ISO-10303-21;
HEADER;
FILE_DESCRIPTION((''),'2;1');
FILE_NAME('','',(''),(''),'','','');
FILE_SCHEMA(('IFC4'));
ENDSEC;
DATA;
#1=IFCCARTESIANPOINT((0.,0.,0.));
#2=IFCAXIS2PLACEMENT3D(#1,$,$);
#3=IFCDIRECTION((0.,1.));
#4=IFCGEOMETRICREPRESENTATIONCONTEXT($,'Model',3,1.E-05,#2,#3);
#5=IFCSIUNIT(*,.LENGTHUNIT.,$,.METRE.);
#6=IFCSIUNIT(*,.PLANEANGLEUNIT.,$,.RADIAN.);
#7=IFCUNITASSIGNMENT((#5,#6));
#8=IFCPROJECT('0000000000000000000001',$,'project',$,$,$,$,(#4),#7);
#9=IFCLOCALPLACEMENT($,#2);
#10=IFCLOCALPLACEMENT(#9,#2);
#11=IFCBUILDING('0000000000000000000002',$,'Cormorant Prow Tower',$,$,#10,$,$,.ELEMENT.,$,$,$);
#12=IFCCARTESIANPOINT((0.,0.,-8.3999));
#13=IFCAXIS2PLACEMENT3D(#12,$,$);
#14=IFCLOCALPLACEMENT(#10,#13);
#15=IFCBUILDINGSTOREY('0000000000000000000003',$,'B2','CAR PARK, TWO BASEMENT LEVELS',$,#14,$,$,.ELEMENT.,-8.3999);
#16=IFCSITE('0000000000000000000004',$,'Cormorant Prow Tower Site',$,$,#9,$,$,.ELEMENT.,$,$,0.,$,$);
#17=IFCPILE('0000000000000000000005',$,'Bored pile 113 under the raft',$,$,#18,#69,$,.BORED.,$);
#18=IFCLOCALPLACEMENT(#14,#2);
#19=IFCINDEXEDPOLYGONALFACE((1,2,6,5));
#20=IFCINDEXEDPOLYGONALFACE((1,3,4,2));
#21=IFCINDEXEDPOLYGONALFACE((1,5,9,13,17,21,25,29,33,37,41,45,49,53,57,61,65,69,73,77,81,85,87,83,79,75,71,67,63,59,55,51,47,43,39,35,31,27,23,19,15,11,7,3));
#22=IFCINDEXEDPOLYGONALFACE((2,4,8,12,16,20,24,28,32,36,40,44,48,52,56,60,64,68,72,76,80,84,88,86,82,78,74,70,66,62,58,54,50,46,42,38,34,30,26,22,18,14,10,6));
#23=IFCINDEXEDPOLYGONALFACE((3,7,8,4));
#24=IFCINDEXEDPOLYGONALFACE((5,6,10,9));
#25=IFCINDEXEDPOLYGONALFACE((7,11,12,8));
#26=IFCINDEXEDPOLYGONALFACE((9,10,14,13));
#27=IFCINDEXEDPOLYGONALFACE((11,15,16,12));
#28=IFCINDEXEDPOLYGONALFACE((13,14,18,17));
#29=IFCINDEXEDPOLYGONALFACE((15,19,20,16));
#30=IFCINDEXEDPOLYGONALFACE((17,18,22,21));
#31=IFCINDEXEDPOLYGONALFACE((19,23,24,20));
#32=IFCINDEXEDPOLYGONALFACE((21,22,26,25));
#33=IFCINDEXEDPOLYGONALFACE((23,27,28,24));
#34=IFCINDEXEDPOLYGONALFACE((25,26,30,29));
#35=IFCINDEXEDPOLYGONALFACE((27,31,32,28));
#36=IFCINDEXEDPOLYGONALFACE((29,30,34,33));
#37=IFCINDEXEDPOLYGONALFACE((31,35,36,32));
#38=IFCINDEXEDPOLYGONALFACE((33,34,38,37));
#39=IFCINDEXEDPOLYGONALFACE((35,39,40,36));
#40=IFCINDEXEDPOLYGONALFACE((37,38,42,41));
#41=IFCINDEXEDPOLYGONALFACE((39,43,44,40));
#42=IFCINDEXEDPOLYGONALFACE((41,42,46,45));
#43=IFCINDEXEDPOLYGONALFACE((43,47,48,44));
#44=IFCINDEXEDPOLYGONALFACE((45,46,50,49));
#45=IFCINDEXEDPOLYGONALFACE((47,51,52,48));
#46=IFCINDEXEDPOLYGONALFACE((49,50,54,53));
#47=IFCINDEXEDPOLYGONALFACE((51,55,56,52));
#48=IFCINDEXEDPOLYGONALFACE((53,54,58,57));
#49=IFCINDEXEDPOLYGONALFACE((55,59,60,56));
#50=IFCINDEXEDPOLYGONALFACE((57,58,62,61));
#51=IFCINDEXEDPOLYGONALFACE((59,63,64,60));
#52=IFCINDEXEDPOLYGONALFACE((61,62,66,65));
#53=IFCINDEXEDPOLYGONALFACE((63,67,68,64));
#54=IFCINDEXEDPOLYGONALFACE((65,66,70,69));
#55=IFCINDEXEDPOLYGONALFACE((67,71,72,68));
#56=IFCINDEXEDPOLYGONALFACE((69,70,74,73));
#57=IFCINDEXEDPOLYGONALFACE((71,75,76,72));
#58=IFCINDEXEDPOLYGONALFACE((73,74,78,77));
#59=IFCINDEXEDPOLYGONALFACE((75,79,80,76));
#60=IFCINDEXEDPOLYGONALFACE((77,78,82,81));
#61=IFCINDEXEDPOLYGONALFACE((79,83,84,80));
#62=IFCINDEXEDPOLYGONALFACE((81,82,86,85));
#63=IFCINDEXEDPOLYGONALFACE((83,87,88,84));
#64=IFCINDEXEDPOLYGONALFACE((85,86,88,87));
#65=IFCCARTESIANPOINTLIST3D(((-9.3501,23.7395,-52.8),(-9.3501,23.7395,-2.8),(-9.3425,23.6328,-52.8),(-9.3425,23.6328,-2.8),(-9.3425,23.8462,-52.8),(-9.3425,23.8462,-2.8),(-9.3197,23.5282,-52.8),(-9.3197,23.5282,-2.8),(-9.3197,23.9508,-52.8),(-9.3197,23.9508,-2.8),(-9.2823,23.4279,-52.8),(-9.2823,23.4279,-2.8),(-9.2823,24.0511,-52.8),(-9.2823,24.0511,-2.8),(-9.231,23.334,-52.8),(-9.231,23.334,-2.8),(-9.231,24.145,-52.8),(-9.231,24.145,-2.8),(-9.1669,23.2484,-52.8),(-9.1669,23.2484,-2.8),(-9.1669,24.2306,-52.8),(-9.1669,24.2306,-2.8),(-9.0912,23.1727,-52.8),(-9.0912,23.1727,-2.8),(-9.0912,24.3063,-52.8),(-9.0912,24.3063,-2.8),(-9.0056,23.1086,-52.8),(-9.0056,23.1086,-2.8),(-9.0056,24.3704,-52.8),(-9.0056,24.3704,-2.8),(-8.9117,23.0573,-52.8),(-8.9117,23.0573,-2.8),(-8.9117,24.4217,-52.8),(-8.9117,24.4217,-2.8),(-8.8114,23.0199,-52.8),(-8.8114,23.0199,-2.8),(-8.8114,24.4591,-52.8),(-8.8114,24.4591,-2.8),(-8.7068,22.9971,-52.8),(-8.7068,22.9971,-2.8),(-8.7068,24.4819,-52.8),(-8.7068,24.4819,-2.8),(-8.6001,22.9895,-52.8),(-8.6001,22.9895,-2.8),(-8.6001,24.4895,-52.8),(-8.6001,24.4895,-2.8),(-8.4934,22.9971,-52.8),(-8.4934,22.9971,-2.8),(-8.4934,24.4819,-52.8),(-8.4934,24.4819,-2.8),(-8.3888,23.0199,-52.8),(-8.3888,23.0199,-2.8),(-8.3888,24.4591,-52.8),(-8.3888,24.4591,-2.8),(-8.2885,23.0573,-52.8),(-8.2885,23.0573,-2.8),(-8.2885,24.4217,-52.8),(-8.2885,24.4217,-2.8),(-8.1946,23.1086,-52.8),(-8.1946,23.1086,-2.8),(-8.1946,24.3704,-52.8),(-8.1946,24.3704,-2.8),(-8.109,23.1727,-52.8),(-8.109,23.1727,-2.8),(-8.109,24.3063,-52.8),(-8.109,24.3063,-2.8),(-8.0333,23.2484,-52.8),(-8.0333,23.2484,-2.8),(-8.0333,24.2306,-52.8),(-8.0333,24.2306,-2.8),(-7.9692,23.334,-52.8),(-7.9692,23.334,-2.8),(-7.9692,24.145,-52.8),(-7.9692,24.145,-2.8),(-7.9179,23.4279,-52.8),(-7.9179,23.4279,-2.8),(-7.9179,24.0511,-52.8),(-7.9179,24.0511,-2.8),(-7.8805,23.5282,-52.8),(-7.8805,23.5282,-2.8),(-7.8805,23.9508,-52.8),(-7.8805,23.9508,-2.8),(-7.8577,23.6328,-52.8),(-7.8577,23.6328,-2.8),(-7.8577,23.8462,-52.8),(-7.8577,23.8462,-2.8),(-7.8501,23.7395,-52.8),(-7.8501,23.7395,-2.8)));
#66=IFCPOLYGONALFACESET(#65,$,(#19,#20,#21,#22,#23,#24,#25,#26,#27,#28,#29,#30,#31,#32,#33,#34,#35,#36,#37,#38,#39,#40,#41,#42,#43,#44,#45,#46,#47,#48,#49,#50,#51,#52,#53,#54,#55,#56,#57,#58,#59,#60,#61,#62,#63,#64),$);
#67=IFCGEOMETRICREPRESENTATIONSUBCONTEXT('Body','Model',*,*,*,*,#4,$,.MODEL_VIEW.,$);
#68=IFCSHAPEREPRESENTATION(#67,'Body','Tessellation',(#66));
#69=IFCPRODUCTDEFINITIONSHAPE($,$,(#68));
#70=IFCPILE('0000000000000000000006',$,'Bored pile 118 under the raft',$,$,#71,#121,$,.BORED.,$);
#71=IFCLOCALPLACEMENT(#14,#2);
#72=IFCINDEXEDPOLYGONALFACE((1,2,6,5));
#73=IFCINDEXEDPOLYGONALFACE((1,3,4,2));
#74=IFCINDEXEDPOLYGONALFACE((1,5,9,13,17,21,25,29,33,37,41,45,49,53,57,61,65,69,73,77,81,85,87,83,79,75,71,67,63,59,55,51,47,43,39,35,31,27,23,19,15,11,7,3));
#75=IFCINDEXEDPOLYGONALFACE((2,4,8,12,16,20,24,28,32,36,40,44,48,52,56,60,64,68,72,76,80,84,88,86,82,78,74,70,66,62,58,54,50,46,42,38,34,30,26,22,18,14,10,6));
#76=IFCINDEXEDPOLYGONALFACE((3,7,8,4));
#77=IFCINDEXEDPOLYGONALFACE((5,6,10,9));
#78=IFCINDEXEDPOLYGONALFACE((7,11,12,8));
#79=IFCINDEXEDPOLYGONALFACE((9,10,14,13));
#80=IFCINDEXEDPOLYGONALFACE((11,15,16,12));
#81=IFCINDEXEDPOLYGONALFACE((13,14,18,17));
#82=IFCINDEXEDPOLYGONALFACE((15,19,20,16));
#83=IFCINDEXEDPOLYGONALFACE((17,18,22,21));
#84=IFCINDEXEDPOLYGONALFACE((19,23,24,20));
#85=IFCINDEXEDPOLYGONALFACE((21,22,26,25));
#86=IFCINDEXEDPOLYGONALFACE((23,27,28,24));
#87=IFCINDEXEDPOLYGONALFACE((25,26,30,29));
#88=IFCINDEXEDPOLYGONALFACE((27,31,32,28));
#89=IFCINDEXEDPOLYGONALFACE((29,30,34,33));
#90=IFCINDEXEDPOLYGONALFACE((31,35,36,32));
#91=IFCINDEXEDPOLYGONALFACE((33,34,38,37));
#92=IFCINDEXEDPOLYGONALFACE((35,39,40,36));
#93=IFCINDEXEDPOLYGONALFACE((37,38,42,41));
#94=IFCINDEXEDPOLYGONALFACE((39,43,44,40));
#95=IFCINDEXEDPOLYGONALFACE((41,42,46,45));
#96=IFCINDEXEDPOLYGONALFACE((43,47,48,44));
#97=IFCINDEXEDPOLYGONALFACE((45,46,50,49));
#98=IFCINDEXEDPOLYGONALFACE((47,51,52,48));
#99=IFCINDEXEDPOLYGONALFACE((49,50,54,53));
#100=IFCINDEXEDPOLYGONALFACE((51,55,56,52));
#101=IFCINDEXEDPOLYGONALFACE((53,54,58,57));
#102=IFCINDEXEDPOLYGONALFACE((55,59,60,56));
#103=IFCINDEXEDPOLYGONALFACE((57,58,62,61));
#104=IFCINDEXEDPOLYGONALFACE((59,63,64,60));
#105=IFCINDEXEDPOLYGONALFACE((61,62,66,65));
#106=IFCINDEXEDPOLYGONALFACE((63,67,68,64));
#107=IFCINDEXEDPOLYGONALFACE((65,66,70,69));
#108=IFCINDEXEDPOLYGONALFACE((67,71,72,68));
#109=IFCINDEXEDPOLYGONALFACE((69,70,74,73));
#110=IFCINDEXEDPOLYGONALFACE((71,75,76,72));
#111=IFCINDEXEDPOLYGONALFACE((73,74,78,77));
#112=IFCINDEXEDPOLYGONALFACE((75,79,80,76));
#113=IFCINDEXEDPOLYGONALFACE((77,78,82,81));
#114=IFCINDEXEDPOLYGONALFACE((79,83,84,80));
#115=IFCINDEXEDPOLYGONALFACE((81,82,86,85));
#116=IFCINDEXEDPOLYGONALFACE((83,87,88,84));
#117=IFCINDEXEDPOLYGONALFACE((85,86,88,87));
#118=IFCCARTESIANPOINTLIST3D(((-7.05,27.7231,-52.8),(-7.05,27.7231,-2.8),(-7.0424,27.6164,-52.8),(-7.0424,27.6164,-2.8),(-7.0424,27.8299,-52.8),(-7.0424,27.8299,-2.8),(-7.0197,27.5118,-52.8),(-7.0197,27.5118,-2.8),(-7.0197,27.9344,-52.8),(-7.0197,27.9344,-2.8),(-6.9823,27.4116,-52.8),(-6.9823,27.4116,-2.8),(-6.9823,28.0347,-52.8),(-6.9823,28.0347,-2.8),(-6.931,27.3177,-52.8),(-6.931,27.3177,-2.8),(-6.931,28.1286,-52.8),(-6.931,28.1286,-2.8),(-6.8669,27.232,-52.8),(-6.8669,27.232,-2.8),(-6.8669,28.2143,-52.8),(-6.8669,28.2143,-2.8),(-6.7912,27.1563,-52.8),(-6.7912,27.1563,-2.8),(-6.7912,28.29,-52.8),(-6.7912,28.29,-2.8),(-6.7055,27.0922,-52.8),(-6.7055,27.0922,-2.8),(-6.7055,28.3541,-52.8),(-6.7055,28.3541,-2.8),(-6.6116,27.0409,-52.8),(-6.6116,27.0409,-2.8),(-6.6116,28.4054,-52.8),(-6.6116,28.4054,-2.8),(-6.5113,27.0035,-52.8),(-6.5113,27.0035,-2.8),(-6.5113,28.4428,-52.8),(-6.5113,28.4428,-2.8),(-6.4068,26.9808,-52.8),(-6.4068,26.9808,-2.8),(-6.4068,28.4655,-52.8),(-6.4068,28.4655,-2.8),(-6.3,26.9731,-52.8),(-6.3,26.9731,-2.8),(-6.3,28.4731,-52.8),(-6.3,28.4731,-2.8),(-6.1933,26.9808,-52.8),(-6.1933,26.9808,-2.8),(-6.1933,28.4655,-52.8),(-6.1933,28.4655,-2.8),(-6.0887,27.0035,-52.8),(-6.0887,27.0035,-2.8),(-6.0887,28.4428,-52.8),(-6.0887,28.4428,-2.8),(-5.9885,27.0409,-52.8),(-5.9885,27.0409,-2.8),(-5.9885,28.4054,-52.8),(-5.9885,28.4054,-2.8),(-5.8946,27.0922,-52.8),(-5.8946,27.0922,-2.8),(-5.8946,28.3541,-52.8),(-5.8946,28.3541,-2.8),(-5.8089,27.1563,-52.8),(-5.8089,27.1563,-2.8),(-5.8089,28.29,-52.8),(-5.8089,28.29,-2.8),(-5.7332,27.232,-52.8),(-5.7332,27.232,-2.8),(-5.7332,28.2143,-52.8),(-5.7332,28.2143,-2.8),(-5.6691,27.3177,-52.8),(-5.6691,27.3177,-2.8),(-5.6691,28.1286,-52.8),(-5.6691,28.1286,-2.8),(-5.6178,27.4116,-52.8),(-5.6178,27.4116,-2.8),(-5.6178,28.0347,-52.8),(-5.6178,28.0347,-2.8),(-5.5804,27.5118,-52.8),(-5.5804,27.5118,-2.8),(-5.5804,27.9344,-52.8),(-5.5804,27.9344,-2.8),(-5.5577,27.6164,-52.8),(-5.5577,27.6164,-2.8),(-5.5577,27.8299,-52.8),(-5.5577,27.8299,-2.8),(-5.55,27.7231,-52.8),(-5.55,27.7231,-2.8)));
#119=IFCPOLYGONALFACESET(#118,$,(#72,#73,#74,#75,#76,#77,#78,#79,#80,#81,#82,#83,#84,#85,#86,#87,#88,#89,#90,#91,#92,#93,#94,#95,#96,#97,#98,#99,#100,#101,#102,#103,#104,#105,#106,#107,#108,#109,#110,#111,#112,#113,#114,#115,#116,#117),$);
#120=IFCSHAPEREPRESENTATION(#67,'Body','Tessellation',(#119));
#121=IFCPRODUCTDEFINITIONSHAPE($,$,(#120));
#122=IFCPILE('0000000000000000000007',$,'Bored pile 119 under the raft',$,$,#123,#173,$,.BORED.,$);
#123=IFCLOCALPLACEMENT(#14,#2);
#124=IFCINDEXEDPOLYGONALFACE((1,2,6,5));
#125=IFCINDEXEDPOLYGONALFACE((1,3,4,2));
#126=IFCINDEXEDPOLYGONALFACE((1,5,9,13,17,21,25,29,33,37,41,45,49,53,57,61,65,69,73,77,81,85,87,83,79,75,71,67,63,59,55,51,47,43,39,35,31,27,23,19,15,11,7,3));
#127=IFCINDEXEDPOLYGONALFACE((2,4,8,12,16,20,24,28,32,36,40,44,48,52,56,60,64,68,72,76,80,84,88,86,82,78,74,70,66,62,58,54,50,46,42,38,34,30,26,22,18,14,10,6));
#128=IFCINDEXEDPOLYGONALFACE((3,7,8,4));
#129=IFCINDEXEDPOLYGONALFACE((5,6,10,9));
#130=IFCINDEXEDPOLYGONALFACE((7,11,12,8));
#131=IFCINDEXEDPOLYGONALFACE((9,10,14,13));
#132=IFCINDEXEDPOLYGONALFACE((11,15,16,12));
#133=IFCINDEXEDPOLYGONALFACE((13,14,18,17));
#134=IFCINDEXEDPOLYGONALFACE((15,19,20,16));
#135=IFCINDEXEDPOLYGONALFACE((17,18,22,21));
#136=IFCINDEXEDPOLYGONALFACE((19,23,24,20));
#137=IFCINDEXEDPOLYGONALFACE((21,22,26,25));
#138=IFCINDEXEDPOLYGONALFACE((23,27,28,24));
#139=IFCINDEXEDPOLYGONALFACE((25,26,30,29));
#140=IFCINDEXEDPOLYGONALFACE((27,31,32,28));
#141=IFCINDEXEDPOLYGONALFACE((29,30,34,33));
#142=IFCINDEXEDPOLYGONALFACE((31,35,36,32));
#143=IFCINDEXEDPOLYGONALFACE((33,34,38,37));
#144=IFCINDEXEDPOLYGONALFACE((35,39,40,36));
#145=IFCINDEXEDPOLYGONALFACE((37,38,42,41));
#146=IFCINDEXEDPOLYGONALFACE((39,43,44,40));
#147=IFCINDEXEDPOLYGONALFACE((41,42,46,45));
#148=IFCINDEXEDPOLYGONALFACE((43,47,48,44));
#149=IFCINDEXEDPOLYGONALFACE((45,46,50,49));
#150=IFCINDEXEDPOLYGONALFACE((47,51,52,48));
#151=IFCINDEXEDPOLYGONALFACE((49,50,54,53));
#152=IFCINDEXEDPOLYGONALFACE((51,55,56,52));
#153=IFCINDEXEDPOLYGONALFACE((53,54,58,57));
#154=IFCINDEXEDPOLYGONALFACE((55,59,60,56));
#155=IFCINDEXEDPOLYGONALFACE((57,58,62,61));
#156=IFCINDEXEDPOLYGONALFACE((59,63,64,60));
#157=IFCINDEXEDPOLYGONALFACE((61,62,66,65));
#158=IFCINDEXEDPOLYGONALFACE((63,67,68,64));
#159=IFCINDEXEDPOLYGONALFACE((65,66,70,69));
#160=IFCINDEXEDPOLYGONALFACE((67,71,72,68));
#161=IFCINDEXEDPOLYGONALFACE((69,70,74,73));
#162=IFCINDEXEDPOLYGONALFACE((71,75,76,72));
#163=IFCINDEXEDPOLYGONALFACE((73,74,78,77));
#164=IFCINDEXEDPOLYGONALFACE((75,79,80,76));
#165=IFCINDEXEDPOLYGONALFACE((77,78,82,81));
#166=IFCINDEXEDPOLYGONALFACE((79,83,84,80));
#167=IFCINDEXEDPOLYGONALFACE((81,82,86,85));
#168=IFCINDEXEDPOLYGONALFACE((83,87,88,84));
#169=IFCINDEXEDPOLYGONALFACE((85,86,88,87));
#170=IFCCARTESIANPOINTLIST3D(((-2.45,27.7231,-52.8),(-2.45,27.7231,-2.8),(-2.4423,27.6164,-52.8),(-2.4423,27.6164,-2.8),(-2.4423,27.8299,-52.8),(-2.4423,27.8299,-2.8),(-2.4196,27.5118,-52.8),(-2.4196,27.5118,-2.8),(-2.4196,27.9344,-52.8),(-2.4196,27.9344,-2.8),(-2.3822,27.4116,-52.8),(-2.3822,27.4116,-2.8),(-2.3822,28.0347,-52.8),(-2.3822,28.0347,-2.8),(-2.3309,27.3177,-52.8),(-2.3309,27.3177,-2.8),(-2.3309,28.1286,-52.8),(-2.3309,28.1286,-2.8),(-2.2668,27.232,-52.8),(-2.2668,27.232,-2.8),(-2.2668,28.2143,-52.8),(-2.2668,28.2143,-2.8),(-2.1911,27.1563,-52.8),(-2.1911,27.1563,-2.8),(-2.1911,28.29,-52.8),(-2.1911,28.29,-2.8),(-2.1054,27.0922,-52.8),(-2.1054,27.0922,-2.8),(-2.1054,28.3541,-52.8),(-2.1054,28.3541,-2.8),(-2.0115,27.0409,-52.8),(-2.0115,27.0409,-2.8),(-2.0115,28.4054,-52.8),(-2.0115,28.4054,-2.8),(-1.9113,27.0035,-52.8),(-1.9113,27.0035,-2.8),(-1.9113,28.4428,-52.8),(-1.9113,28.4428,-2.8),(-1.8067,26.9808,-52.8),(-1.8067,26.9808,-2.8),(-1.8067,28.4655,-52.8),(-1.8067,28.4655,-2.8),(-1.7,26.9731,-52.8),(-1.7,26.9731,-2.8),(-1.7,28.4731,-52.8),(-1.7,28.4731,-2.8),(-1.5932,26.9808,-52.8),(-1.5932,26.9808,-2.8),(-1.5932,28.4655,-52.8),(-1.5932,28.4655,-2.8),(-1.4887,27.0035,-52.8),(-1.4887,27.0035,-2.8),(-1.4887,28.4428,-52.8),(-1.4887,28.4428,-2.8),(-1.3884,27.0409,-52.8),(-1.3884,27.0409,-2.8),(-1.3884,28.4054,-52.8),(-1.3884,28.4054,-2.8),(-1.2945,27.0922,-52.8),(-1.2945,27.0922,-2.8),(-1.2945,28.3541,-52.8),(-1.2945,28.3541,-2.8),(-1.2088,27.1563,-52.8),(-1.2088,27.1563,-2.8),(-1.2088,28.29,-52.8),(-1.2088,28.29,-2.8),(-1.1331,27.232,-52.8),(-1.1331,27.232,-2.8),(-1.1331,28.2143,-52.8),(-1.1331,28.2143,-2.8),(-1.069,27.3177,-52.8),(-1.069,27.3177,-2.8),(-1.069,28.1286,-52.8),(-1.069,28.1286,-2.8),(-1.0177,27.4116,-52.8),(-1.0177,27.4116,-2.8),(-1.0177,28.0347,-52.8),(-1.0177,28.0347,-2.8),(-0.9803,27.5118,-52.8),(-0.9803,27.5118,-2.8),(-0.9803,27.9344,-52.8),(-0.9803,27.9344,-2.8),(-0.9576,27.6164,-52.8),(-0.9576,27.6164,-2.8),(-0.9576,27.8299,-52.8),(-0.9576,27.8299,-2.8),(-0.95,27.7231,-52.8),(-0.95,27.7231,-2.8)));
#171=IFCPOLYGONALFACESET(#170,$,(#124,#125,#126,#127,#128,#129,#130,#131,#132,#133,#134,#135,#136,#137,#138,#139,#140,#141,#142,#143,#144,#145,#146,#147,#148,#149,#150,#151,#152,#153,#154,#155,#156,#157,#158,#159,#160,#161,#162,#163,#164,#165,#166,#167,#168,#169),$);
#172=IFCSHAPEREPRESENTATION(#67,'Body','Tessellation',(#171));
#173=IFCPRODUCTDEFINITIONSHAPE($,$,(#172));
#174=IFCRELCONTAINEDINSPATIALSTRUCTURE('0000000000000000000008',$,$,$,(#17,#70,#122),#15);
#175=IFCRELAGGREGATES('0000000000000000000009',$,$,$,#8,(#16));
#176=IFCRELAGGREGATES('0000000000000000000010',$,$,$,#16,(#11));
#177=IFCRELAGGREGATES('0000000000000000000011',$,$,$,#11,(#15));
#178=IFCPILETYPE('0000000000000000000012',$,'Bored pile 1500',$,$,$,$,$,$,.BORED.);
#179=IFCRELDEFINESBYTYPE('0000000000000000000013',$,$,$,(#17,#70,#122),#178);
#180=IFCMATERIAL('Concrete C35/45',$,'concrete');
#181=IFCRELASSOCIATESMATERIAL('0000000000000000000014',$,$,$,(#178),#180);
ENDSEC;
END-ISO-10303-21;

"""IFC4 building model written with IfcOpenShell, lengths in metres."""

from ifc_helpers import new_model, si_unit, direction, frame, origin, origin_2d, place, context, subcontext, project, spatial, circle, extrude, material, material_profile, profile_set, type_object, element, save


model = new_model("IFC4")

# Units and contexts
model_context = context("Model", 3, precision=1e-05, world=origin(), true_north=direction((0.0, 1.0)))
body_context = subcontext(model_context, "Body", "Model", "MODEL_VIEW")
ifc_project = project(units=[si_unit("LENGTHUNIT", "METRE"), si_unit("PLANEANGLEUNIT", "RADIAN")], contexts=[model_context])

# Site, building, storey
site_placement = place(None, origin())
site = spatial("IfcSite", under=ifc_project, at=site_placement, Name="Cormorant Prow Tower Site", CompositionType="ELEMENT", RefElevation=0.0)
building_placement = place(site_placement, origin())
building = spatial("IfcBuilding", under=site, at=building_placement, Name="Cormorant Prow Tower", CompositionType="ELEMENT")
storey_placement = place(building_placement, frame((0.0, 0.0, -8.3999)))
storey = spatial("IfcBuildingStorey", under=building, at=storey_placement, Name="B2", Description="CAR PARK, TWO BASEMENT LEVELS", CompositionType="ELEMENT", Elevation=-8.3999)

# Piles
ifc_material_1 = material(Name="Concrete C35/45", Category="concrete")
ifc_material_profile_1 = material_profile(ifc_material_1, circle(Radius=0.75, at=origin_2d()), Name="Round 1500")
ifc_profile_set_1 = profile_set([ifc_material_profile_1], Name="Concrete C35/45")
pile_type_1 = type_object("IfcPileType", Name="Bored pile 1500", PredefinedType="BORED", material=ifc_profile_set_1)
for number, where, z_axis, x_axis, name in (
    (1, (-8.6001, 23.7395, -2.8), (0.0, 0.0, -1.0), (1.0, 0.0, 0.0), "Bored pile 113 under the raft"),
    (2, (-6.3, 27.7231, -2.8), (0.0, 0.0, -1.0), (1.0, 0.0, 0.0), "Bored pile 118 under the raft"),
    (3, (-1.7, 27.7231, -2.8), (0.0, 0.0, -1.0), (1.0, 0.0, 0.0), "Bored pile 119 under the raft"),
):
    element("IfcPile", number, at=place(storey_placement, frame(where, z_axis=z_axis, x_axis=x_axis)), inside=storey, type_object=pile_type_1, Name=name, PredefinedType="BORED", context=body_context, shape_type="SweptSolid", body=[
        extrude(circle(Radius=0.75, at=origin_2d()), origin(), (0.0, 0.0, 1.0), 50.0),
    ])

save(model, "model.ifc")
